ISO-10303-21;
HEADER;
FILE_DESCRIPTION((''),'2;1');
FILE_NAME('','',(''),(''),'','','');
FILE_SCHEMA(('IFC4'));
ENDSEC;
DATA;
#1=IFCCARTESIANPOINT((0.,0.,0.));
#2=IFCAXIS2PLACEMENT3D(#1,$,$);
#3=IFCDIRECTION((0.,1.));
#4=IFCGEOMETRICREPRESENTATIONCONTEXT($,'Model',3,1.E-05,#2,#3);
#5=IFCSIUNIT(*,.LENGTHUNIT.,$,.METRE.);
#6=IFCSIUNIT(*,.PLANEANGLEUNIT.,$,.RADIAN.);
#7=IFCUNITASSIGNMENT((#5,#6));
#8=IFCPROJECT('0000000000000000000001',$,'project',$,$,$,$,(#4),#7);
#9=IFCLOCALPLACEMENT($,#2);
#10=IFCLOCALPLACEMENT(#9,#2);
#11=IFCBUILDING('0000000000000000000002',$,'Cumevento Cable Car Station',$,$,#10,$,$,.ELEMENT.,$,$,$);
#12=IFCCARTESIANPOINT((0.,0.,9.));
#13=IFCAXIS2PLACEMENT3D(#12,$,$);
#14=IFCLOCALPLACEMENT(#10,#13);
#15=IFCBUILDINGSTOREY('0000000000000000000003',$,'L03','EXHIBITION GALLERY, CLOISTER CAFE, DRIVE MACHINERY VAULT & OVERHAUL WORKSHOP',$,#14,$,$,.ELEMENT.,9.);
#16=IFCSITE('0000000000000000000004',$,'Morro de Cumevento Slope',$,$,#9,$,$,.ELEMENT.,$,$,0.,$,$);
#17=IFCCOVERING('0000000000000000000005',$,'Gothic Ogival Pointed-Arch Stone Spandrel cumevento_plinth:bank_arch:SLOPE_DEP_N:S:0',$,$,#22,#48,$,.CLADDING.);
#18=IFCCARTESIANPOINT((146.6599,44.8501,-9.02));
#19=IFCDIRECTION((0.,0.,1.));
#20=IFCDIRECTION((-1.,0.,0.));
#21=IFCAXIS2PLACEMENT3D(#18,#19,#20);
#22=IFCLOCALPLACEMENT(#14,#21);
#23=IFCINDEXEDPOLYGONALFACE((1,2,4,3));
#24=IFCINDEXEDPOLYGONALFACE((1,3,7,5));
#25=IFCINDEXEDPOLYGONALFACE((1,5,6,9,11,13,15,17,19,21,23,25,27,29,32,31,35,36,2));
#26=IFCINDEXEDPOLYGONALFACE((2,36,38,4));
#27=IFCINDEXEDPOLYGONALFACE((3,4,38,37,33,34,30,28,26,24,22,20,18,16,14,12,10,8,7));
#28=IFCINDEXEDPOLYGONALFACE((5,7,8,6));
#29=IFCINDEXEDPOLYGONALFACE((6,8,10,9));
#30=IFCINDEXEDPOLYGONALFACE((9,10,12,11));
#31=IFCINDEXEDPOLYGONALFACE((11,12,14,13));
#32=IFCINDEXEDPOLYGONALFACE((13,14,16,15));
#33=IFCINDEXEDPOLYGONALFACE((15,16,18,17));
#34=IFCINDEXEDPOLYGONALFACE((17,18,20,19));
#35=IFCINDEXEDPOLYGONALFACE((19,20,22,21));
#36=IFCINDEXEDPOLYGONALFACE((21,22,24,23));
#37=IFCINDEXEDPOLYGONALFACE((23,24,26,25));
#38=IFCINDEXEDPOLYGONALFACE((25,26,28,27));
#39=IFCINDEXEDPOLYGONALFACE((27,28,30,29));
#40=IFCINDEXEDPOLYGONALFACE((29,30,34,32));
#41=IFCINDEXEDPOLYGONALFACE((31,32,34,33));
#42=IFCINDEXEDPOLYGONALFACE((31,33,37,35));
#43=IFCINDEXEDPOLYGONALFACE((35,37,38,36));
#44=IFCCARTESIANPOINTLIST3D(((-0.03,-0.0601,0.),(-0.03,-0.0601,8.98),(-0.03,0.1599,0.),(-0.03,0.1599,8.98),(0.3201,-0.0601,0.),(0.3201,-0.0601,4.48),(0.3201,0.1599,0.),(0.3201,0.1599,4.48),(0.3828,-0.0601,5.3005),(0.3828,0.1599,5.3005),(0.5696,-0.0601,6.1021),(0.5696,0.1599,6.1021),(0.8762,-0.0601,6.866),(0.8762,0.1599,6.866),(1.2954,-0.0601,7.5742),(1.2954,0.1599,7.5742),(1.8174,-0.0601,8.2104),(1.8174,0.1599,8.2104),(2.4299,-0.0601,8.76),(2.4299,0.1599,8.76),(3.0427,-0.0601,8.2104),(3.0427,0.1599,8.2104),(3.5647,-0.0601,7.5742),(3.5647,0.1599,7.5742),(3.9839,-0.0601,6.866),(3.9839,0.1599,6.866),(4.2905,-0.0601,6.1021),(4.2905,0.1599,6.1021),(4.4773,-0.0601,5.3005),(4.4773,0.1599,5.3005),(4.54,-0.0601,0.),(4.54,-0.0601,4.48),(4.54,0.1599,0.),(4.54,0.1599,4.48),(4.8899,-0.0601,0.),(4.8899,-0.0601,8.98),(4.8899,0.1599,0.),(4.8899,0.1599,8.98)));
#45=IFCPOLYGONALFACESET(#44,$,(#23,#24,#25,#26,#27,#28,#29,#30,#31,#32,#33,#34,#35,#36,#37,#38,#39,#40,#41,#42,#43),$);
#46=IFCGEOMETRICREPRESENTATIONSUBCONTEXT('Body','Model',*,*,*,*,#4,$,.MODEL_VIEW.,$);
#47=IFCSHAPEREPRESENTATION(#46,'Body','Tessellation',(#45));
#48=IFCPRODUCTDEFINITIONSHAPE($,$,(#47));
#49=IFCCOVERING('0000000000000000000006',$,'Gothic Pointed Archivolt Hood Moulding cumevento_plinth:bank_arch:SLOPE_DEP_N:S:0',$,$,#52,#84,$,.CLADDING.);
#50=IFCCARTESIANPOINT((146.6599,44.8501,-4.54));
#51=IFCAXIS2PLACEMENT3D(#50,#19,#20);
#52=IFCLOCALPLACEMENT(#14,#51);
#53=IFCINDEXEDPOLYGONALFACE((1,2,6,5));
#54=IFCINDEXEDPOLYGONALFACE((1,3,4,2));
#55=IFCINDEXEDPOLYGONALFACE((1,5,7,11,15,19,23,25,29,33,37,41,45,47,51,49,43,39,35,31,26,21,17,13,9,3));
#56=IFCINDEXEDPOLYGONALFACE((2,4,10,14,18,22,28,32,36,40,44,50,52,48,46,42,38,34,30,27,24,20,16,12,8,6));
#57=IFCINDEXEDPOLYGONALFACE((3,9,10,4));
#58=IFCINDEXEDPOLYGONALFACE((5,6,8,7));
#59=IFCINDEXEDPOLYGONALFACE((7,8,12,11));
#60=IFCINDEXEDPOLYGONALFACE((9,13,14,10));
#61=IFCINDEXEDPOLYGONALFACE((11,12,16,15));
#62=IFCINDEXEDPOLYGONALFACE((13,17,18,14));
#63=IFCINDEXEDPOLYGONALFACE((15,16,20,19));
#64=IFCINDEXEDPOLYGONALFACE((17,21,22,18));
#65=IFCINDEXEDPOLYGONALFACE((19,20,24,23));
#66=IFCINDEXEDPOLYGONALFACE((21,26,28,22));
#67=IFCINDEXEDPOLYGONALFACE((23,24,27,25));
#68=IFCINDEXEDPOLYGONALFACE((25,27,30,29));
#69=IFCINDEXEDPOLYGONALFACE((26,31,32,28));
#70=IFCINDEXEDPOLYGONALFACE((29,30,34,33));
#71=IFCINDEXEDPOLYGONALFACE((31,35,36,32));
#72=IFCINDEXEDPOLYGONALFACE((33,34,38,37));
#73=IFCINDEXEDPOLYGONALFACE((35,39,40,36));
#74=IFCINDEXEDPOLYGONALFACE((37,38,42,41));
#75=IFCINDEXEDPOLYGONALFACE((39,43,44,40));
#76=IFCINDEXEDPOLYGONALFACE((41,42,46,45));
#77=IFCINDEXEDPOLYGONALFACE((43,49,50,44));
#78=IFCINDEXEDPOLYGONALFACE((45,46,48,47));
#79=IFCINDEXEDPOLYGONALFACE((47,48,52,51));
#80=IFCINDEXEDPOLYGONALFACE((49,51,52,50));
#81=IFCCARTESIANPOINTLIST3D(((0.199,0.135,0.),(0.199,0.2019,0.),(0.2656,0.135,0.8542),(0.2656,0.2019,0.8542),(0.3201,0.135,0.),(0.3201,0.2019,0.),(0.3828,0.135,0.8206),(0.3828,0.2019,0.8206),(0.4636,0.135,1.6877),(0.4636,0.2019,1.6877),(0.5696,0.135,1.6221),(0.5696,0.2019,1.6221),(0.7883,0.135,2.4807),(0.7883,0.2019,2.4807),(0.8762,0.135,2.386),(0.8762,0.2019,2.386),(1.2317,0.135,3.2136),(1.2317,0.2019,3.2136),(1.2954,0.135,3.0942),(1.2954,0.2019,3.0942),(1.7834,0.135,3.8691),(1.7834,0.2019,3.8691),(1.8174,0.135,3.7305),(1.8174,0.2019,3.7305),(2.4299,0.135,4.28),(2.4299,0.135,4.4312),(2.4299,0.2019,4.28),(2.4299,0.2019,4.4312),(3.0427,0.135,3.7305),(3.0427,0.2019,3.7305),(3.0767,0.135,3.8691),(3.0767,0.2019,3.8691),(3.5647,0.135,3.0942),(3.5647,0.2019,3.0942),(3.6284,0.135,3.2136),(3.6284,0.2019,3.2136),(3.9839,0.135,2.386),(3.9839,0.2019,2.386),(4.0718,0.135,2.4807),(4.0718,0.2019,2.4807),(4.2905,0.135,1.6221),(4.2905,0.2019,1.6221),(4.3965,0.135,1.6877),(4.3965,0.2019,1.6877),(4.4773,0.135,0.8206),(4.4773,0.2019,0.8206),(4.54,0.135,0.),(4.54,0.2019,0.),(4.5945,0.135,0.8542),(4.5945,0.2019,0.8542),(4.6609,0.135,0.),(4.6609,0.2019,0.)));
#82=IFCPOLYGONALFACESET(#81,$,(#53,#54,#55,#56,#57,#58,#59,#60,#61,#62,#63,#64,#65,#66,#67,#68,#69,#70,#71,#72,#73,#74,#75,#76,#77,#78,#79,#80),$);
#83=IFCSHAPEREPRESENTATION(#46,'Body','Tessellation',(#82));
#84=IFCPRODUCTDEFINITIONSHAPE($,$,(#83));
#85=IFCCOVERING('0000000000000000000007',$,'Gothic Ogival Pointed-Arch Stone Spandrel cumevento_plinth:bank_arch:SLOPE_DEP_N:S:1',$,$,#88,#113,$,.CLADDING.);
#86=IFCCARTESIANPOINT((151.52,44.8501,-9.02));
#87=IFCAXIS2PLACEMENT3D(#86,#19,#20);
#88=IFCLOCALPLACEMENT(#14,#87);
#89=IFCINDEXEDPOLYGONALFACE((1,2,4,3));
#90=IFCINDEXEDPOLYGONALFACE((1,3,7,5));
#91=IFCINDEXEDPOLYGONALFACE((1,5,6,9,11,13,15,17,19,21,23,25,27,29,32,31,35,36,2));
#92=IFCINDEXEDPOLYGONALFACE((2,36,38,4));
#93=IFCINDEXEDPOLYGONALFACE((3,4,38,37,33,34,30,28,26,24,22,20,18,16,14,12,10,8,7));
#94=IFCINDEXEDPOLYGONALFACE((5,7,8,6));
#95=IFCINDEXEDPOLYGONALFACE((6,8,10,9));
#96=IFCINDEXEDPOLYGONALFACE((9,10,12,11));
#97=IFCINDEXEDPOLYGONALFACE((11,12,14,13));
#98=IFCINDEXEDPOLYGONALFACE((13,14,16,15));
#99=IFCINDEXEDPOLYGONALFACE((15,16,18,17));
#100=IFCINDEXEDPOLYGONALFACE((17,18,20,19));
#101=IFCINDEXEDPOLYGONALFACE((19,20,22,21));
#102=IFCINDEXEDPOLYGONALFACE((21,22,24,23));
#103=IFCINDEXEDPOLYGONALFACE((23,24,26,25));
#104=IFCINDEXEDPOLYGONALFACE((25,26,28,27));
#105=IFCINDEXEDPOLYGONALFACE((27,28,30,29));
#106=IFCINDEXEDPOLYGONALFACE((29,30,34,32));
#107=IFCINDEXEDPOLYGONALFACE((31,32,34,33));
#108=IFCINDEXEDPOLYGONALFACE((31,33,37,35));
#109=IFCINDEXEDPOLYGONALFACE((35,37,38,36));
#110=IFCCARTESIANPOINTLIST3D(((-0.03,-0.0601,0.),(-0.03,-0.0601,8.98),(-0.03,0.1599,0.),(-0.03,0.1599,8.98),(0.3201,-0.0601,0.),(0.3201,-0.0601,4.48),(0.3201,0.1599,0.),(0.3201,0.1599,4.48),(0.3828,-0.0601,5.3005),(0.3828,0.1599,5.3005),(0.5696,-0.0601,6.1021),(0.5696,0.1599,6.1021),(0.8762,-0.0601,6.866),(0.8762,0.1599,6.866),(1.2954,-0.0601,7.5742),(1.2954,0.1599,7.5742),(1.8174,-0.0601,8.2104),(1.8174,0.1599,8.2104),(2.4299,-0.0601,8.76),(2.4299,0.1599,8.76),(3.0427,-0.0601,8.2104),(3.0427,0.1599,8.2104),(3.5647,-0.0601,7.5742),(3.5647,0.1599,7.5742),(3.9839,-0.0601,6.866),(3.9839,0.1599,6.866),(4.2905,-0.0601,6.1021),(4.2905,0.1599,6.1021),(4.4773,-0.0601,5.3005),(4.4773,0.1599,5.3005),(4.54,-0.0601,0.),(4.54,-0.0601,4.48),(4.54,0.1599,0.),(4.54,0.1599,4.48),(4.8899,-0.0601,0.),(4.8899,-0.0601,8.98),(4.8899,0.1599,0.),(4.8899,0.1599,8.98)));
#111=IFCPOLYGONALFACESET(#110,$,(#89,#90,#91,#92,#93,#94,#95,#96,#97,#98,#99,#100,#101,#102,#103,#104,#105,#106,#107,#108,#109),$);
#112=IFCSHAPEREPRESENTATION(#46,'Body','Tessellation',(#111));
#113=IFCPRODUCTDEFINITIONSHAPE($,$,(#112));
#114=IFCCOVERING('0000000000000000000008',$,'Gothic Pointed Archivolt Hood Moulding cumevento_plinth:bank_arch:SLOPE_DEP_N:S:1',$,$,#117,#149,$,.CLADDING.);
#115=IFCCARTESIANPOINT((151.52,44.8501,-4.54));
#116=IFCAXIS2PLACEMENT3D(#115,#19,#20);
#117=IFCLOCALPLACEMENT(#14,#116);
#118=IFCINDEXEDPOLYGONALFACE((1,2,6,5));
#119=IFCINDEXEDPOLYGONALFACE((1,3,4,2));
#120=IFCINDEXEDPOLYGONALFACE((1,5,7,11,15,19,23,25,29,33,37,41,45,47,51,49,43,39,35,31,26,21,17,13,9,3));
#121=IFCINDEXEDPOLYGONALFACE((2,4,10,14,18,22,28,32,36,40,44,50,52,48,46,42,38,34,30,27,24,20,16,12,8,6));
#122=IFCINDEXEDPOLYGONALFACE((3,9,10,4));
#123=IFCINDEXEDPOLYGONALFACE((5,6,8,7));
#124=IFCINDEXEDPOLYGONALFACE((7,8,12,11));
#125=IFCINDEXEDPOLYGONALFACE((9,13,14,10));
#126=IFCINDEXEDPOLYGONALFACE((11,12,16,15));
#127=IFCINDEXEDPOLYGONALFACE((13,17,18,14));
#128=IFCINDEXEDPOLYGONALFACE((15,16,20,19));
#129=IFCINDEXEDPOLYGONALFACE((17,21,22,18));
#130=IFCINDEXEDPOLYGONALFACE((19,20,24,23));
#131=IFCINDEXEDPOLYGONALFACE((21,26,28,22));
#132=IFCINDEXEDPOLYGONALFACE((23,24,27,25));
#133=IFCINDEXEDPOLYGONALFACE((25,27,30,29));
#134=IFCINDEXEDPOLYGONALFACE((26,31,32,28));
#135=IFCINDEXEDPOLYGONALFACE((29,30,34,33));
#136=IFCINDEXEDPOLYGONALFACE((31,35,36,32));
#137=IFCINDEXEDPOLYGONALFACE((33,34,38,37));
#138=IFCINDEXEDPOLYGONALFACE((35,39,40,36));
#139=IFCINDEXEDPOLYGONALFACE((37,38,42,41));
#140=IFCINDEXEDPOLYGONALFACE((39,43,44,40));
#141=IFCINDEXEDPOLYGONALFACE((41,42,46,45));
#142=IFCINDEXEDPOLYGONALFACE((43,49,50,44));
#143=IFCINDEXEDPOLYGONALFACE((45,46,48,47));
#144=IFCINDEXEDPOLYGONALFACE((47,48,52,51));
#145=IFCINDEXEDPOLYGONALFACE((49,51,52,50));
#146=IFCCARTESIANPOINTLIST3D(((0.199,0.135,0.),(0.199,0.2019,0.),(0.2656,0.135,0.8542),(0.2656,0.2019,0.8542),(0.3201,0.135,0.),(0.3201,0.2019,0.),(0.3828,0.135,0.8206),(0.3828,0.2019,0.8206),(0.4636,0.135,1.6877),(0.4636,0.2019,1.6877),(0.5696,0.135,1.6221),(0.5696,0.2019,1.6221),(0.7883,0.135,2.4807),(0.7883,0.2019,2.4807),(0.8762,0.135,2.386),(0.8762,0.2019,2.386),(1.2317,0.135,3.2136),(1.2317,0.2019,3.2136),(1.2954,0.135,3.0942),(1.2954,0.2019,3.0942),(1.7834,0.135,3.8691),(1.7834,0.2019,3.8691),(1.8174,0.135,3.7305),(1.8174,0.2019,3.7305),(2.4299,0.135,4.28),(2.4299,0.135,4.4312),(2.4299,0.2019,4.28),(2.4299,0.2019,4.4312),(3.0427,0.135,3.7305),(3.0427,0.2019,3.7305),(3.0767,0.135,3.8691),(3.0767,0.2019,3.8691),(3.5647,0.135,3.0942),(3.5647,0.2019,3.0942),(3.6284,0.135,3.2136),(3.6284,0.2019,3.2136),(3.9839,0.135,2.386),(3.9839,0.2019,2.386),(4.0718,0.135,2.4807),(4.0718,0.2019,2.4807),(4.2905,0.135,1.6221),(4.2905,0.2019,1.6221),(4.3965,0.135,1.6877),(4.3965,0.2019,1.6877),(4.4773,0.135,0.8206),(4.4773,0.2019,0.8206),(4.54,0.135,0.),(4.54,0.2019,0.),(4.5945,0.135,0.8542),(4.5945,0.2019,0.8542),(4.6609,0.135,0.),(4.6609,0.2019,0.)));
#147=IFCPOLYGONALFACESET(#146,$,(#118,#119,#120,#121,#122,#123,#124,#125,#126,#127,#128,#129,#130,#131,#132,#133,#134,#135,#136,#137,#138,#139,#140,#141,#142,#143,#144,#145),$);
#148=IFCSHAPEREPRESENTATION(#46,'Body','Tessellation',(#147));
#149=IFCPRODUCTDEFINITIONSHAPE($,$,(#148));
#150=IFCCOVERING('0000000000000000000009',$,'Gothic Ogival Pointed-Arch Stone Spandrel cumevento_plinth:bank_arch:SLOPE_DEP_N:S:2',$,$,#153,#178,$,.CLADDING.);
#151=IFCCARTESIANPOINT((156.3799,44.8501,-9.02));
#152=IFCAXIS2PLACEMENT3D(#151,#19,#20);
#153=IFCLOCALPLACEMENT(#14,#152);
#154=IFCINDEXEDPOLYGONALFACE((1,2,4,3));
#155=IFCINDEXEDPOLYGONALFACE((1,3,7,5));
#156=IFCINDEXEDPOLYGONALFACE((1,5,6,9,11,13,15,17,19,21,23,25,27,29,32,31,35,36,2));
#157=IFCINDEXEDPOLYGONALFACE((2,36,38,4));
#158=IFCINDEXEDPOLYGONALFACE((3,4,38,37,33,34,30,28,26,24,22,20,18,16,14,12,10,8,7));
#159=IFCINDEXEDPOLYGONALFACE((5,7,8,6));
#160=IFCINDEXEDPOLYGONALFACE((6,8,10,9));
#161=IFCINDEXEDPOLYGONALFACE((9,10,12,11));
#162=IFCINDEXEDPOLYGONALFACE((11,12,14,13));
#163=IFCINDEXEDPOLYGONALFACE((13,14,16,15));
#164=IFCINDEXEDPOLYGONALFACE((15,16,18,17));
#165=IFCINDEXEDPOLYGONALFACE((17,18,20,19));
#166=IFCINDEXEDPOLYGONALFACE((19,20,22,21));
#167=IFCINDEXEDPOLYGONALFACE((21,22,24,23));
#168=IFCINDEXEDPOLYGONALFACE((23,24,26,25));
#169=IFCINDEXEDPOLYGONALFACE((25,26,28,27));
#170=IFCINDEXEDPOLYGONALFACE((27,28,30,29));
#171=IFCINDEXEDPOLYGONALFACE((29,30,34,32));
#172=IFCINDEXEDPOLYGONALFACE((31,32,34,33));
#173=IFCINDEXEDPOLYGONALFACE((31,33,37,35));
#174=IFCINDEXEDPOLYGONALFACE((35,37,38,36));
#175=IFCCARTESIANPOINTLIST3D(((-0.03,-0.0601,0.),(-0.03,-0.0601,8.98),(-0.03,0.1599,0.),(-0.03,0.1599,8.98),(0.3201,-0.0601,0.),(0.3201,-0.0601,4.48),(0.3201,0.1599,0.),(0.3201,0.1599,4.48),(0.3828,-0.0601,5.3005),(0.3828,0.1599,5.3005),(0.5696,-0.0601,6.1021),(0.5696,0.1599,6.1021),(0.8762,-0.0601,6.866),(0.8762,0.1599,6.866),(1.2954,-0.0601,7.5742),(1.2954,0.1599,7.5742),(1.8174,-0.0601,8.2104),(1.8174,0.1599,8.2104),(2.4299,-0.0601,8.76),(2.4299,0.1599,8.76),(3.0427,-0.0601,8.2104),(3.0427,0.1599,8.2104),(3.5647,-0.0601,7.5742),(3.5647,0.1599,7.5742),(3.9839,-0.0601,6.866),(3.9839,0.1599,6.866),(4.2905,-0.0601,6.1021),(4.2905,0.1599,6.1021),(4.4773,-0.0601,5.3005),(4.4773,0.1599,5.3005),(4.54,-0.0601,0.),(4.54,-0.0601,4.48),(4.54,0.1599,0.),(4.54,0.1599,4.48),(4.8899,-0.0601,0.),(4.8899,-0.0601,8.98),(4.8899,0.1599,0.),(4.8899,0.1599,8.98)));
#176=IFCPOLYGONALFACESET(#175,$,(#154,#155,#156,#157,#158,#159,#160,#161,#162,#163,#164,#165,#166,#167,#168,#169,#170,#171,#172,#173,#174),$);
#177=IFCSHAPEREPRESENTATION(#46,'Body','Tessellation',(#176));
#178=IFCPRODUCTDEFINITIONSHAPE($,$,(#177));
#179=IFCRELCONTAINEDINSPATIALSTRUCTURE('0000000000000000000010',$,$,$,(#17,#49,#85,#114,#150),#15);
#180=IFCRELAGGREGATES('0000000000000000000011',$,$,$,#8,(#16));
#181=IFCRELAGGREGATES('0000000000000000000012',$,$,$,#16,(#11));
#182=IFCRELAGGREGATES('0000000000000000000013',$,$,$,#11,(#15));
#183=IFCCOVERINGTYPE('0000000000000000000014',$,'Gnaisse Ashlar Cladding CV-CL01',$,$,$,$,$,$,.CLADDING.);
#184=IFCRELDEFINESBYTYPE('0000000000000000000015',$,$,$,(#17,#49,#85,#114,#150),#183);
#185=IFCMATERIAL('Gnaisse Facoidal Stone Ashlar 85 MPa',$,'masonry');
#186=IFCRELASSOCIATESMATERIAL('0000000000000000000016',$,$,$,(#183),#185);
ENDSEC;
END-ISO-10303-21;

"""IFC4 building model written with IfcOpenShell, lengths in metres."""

from ifc_helpers import new_model, si_unit, direction, frame, origin, place, context, subcontext, project, spatial, polyline, outline, extrude, material, type_object, element, save


model = new_model("IFC4")

# Units and contexts
model_context = context("Model", 3, precision=1e-05, world=origin(), true_north=direction((0.0, 1.0)))
body_context = subcontext(model_context, "Body", "Model", "MODEL_VIEW")
ifc_project = project(units=[si_unit("LENGTHUNIT", "METRE"), si_unit("PLANEANGLEUNIT", "RADIAN")], contexts=[model_context])

# Site, building, storey
site_placement = place(None, origin())
site = spatial("IfcSite", under=ifc_project, at=site_placement, Name="Morro de Cumevento Slope", CompositionType="ELEMENT", RefElevation=0.0)
building_placement = place(site_placement, origin())
building = spatial("IfcBuilding", under=site, at=building_placement, Name="Cumevento Cable Car Station", CompositionType="ELEMENT")
storey_placement = place(building_placement, frame((0.0, 0.0, 9.0)))
storey = spatial("IfcBuildingStorey", under=building, at=storey_placement, Name="L03", Description="EXHIBITION GALLERY, CLOISTER CAFE, DRIVE MACHINERY VAULT & OVERHAUL WORKSHOP", CompositionType="ELEMENT", Elevation=9.0)

# Coverings
ifc_material_1 = material(Name="Gnaisse Facoidal Stone Ashlar 85 MPa", Category="masonry")
covering_type = type_object("IfcCoveringType", Name="Gnaisse Ashlar Cladding CV-CL01", PredefinedType="CLADDING", material=ifc_material_1)
covering_1_placement = place(storey_placement, frame((146.6599, 44.8501, -9.02), z_axis=(0.0, 0.0, 1.0), x_axis=(-1.0, 0.0, 0.0)))
element("IfcCovering", 1, at=covering_1_placement, inside=storey, type_object=covering_type, Name="Gothic Ogival Pointed-Arch Stone Spandrel cumevento_plinth:bank_arch:SLOPE_DEP_N:S:0", PredefinedType="CLADDING", context=body_context, shape_type="SweptSolid", body=[
    extrude(outline(polyline([(-0.03, 0.0), (-0.03, 8.98), (4.8899, 8.98), (4.8899, 0.0), (4.54, 0.0), (4.54, 4.48), (4.4773, 5.3005), (4.2905, 6.1021), (3.9839, 6.866), (3.5647, 7.5742), (3.0427, 8.2104), (2.4299, 8.76), (1.8174, 8.2104), (1.2954, 7.5742), (0.8762, 6.866), (0.5696, 6.1021), (0.3828, 5.3005), (0.3201, 4.48), (0.3201, 0.0), (-0.03, 0.0)])), frame((0.0, 0.1599, 0.0), z_axis=(0.0, -1.0, 0.0), x_axis=(1.0, 0.0, 0.0)), (0.0, 0.0, 1.0), 0.22),
])
covering_2_placement = place(storey_placement, frame((146.6599, 44.8501, -4.54), z_axis=(0.0, 0.0, 1.0), x_axis=(-1.0, 0.0, 0.0)))
element("IfcCovering", 2, at=covering_2_placement, inside=storey, type_object=covering_type, Name="Gothic Pointed Archivolt Hood Moulding cumevento_plinth:bank_arch:SLOPE_DEP_N:S:0", PredefinedType="CLADDING", context=body_context, shape_type="SweptSolid", body=[
    extrude(outline(polyline([(0.3201, 0.0), (0.3828, 0.8206), (0.5696, 1.6221), (0.8762, 2.386), (1.2954, 3.0942), (1.8174, 3.7305), (2.4299, 4.28), (3.0427, 3.7305), (3.5647, 3.0942), (3.9839, 2.386), (4.2905, 1.6221), (4.4773, 0.8206), (4.54, 0.0), (4.6609, 0.0), (4.5945, 0.8542), (4.3965, 1.6877), (4.0718, 2.4807), (3.6284, 3.2136), (3.0767, 3.8691), (2.4299, 4.4312), (1.7834, 3.8691), (1.2317, 3.2136), (0.7883, 2.4807), (0.4636, 1.6877), (0.2656, 0.8542), (0.199, 0.0), (0.3201, 0.0)])), frame((0.0, 0.2019, 0.0), z_axis=(0.0, -1.0, 0.0), x_axis=(1.0, 0.0, 0.0)), (0.0, 0.0, 1.0), 0.0669),
])
covering_3_placement = place(storey_placement, frame((151.52, 44.8501, -9.02), z_axis=(0.0, 0.0, 1.0), x_axis=(-1.0, 0.0, 0.0)))
element("IfcCovering", 3, at=covering_3_placement, inside=storey, type_object=covering_type, Name="Gothic Ogival Pointed-Arch Stone Spandrel cumevento_plinth:bank_arch:SLOPE_DEP_N:S:1", PredefinedType="CLADDING", context=body_context, shape_type="SweptSolid", body=[
    extrude(outline(polyline([(-0.03, 0.0), (-0.03, 8.98), (4.8899, 8.98), (4.8899, 0.0), (4.54, 0.0), (4.54, 4.48), (4.4773, 5.3005), (4.2905, 6.1021), (3.9839, 6.866), (3.5647, 7.5742), (3.0427, 8.2104), (2.4299, 8.76), (1.8174, 8.2104), (1.2954, 7.5742), (0.8762, 6.866), (0.5696, 6.1021), (0.3828, 5.3005), (0.3201, 4.48), (0.3201, 0.0), (-0.03, 0.0)])), frame((0.0, 0.1599, 0.0), z_axis=(0.0, -1.0, 0.0), x_axis=(1.0, 0.0, 0.0)), (0.0, 0.0, 1.0), 0.22),
])
covering_4_placement = place(storey_placement, frame((151.52, 44.8501, -4.54), z_axis=(0.0, 0.0, 1.0), x_axis=(-1.0, 0.0, 0.0)))
element("IfcCovering", 4, at=covering_4_placement, inside=storey, type_object=covering_type, Name="Gothic Pointed Archivolt Hood Moulding cumevento_plinth:bank_arch:SLOPE_DEP_N:S:1", PredefinedType="CLADDING", context=body_context, shape_type="SweptSolid", body=[
    extrude(outline(polyline([(0.3201, 0.0), (0.3828, 0.8206), (0.5696, 1.6221), (0.8762, 2.386), (1.2954, 3.0942), (1.8174, 3.7305), (2.4299, 4.28), (3.0427, 3.7305), (3.5647, 3.0942), (3.9839, 2.386), (4.2905, 1.6221), (4.4773, 0.8206), (4.54, 0.0), (4.6609, 0.0), (4.5945, 0.8542), (4.3965, 1.6877), (4.0718, 2.4807), (3.6284, 3.2136), (3.0767, 3.8691), (2.4299, 4.4312), (1.7834, 3.8691), (1.2317, 3.2136), (0.7883, 2.4807), (0.4636, 1.6877), (0.2656, 0.8542), (0.199, 0.0), (0.3201, 0.0)])), frame((0.0, 0.2019, 0.0), z_axis=(0.0, -1.0, 0.0), x_axis=(1.0, 0.0, 0.0)), (0.0, 0.0, 1.0), 0.0669),
])
covering_5_placement = place(storey_placement, frame((156.3799, 44.8501, -9.02), z_axis=(0.0, 0.0, 1.0), x_axis=(-1.0, 0.0, 0.0)))
element("IfcCovering", 5, at=covering_5_placement, inside=storey, type_object=covering_type, Name="Gothic Ogival Pointed-Arch Stone Spandrel cumevento_plinth:bank_arch:SLOPE_DEP_N:S:2", PredefinedType="CLADDING", context=body_context, shape_type="SweptSolid", body=[
    extrude(outline(polyline([(-0.03, 0.0), (-0.03, 8.98), (4.8899, 8.98), (4.8899, 0.0), (4.54, 0.0), (4.54, 4.48), (4.4773, 5.3005), (4.2905, 6.1021), (3.9839, 6.866), (3.5647, 7.5742), (3.0427, 8.2104), (2.4299, 8.76), (1.8174, 8.2104), (1.2954, 7.5742), (0.8762, 6.866), (0.5696, 6.1021), (0.3828, 5.3005), (0.3201, 4.48), (0.3201, 0.0), (-0.03, 0.0)])), frame((0.0, 0.1599, 0.0), z_axis=(0.0, -1.0, 0.0), x_axis=(1.0, 0.0, 0.0)), (0.0, 0.0, 1.0), 0.22),
])

save(model, "model.ifc")
